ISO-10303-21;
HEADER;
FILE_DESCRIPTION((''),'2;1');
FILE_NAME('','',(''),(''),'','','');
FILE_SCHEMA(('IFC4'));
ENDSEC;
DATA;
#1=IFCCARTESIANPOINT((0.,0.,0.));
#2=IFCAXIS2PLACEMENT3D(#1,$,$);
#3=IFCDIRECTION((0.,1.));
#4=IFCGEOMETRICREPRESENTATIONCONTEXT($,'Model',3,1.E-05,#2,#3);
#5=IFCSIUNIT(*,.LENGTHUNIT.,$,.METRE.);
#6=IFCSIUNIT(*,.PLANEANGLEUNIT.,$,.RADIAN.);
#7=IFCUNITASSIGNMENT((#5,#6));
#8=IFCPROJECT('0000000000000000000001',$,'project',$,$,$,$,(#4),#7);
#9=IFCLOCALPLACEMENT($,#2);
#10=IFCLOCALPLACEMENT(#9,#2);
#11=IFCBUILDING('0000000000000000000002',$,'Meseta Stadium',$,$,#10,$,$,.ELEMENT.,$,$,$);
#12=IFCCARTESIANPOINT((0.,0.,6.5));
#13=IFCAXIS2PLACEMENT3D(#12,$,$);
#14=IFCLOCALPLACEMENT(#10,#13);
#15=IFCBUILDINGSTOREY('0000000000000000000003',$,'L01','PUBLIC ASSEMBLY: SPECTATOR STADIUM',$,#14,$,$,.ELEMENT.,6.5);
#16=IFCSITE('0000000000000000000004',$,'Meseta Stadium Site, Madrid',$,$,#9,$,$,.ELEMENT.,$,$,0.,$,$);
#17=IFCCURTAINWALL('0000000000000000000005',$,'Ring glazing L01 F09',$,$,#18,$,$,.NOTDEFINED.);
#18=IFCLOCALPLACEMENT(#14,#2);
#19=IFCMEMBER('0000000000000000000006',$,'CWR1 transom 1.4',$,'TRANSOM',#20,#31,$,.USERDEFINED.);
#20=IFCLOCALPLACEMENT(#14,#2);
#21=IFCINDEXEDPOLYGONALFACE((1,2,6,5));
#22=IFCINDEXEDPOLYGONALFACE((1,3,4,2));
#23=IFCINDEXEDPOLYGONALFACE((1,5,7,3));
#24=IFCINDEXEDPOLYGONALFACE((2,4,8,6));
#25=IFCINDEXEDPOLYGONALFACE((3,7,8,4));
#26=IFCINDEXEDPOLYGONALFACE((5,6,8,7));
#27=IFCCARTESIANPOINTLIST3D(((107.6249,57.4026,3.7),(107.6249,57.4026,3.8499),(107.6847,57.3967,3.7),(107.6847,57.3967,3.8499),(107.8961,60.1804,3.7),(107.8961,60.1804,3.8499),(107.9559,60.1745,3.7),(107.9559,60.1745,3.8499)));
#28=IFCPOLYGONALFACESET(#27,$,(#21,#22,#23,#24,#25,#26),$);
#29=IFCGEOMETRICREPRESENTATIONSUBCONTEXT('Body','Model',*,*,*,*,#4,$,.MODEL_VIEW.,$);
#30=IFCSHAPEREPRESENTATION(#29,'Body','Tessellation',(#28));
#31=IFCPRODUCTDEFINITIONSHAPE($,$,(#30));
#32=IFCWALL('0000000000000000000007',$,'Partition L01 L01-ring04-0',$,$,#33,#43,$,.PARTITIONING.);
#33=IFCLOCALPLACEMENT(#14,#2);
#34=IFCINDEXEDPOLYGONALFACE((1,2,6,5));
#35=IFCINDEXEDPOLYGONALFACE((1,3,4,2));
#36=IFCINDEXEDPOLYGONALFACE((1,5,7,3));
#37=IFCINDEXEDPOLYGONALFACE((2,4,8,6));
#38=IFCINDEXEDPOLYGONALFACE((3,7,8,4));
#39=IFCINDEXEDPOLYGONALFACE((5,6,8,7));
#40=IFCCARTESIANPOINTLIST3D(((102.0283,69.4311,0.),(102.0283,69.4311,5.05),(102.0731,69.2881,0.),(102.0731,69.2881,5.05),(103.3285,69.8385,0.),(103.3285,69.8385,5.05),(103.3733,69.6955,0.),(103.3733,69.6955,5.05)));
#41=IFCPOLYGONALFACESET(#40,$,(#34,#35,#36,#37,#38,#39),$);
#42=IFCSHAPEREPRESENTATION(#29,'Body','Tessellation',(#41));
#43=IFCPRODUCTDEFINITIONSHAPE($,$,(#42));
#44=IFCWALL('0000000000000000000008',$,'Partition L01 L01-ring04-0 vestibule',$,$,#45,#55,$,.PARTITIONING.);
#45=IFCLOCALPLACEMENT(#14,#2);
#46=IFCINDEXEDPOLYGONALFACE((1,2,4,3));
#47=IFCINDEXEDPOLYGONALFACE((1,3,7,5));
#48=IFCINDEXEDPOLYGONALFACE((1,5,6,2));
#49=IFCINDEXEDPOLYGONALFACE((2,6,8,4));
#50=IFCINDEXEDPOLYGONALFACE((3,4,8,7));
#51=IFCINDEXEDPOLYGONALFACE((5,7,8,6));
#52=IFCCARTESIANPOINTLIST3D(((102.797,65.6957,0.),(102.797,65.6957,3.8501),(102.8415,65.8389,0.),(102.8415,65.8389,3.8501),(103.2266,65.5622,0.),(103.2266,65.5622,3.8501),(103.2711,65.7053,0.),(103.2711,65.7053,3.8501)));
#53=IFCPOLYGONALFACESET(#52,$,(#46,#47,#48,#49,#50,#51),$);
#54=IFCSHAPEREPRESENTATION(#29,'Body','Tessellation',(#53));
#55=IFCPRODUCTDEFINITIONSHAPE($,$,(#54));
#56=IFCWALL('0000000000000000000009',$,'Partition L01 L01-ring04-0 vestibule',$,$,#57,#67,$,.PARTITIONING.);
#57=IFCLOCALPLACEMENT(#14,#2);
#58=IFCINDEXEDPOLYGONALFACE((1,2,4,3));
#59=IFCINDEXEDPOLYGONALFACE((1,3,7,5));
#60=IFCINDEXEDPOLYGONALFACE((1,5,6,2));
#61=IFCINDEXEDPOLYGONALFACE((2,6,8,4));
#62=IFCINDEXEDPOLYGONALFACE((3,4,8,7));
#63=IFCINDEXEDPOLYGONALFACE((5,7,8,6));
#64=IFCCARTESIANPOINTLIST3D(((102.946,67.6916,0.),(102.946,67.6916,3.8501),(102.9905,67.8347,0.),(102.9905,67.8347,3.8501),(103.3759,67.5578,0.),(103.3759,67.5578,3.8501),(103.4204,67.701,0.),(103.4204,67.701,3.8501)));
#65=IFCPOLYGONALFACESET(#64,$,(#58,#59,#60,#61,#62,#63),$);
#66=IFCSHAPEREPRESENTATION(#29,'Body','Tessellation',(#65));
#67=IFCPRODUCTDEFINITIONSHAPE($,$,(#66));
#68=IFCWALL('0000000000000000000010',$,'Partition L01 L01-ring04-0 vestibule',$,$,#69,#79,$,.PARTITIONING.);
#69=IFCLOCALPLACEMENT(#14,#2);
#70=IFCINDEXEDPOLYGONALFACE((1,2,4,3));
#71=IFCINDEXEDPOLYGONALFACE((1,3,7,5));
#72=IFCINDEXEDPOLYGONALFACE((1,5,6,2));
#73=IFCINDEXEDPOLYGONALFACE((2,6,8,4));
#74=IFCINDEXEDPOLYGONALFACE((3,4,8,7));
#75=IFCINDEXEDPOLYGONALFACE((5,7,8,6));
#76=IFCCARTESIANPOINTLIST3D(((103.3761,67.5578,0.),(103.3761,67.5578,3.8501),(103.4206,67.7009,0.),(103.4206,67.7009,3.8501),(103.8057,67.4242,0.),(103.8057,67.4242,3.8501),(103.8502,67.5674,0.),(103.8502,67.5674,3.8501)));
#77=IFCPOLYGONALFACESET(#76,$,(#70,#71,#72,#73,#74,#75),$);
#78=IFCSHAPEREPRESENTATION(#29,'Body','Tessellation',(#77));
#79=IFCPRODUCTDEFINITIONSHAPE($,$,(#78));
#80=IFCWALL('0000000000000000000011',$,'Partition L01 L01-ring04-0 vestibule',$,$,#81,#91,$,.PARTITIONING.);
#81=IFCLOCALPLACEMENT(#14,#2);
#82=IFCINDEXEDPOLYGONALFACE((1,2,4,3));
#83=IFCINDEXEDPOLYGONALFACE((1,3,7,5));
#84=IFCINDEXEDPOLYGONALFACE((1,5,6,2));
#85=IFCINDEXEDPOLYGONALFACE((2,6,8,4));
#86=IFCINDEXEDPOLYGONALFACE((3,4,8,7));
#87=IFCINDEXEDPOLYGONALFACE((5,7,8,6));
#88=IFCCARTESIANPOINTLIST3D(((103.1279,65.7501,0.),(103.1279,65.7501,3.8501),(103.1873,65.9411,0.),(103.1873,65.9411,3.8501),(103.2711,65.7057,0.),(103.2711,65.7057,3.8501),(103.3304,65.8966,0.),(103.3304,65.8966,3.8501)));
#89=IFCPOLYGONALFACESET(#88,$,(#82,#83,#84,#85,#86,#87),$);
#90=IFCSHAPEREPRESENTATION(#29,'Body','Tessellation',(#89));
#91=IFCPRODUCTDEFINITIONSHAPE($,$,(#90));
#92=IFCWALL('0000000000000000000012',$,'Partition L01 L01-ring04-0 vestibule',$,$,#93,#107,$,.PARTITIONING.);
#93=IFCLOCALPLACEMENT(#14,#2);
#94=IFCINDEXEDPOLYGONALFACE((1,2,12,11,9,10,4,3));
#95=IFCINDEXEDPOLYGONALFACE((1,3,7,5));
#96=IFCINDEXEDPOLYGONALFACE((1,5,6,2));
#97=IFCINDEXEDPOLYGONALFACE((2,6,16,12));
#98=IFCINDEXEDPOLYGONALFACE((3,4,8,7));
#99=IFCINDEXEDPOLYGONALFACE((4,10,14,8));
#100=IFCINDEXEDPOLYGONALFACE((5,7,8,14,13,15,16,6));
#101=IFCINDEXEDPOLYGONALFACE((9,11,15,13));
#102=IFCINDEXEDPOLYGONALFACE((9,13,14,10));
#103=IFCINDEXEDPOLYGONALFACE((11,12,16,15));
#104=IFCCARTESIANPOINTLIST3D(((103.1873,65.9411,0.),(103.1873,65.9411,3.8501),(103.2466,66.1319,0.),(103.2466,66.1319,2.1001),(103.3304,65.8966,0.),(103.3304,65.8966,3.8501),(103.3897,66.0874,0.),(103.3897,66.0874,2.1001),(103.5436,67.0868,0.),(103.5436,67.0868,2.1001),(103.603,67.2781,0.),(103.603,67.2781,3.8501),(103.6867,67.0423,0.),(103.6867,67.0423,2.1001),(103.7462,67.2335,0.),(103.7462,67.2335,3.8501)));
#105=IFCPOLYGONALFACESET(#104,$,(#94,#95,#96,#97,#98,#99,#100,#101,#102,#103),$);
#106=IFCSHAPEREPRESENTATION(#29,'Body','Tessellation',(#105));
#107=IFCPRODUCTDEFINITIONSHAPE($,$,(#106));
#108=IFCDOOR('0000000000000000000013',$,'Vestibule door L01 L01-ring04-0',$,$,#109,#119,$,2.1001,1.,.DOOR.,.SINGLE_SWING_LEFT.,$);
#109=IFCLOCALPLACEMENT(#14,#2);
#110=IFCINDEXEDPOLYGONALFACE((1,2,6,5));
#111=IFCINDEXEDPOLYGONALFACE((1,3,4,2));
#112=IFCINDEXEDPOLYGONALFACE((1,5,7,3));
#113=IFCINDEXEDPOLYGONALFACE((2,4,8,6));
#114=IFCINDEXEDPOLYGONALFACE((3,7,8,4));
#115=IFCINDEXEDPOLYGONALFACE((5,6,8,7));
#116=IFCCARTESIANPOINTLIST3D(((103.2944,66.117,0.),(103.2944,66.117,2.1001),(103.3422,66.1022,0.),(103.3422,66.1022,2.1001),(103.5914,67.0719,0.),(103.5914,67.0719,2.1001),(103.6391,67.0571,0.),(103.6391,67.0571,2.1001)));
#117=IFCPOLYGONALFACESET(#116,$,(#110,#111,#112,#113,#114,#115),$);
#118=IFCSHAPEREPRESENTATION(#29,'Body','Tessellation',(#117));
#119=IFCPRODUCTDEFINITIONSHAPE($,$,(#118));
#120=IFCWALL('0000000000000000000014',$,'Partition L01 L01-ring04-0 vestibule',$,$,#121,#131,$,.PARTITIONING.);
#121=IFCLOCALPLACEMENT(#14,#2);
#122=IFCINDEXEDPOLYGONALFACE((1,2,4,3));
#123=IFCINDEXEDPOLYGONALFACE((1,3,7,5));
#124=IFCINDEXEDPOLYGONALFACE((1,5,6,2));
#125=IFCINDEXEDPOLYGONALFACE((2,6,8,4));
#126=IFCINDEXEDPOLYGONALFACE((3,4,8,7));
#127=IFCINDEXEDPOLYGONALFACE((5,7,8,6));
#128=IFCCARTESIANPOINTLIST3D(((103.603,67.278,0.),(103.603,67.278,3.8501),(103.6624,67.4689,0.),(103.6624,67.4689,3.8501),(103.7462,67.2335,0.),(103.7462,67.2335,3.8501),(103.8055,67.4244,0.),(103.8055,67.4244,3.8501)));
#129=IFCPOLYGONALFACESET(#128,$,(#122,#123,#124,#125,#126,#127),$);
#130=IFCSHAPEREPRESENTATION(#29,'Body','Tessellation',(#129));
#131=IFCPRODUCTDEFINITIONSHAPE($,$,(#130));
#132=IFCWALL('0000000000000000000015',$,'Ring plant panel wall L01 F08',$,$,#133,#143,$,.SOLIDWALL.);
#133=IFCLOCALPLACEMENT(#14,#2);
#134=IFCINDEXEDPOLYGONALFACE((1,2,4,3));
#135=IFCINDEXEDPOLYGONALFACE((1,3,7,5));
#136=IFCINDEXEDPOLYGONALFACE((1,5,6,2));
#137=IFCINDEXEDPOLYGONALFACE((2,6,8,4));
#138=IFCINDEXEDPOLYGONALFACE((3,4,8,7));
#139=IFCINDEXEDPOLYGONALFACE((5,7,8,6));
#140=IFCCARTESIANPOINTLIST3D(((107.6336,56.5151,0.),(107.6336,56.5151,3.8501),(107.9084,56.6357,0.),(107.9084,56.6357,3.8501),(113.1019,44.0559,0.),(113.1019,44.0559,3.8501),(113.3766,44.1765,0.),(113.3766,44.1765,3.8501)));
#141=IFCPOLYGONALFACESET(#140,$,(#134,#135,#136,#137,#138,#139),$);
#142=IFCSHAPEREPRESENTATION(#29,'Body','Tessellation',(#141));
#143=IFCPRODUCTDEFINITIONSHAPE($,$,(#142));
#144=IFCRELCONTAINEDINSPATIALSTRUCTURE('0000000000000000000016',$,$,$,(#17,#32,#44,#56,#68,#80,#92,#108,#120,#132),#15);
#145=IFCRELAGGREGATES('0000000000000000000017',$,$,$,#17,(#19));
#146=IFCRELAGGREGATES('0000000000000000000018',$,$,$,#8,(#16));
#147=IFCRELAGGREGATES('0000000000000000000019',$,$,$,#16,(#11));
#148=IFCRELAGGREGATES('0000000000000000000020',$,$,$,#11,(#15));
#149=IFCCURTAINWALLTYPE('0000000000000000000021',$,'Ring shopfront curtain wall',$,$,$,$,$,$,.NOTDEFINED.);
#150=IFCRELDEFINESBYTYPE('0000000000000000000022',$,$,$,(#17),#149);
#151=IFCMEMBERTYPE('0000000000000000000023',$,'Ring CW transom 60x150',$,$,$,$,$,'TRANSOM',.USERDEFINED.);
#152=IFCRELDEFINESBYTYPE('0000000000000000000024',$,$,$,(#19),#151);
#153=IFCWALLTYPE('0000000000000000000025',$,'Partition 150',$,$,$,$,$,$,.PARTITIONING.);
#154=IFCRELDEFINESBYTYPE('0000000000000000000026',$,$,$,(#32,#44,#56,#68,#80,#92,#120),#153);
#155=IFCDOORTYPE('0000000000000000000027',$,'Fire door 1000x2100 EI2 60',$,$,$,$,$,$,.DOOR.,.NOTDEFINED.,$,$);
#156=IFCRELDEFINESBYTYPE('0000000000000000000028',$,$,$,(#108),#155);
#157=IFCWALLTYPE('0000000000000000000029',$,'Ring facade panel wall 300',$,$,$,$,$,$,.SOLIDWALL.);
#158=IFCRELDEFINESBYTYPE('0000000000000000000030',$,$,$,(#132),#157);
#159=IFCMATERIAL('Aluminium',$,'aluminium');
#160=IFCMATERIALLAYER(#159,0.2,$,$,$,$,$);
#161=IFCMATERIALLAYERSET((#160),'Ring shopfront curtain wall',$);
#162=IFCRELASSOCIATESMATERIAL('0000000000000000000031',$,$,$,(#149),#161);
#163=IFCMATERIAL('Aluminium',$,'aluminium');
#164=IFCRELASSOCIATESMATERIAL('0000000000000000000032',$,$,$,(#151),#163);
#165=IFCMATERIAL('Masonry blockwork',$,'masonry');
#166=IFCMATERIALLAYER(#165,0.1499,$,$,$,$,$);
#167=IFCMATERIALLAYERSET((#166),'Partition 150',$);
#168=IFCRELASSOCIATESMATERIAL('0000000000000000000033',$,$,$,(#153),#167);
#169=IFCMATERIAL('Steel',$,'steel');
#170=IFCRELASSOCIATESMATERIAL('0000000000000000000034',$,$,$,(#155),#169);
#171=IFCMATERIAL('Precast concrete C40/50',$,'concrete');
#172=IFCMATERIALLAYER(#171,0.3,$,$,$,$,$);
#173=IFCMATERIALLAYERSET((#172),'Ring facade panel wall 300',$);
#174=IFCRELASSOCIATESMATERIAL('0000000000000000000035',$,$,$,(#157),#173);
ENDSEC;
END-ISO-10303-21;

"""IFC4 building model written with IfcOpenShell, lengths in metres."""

from ifc_helpers import new_model, si_unit, direction, frame, frame_2d, origin, origin_2d, place, context, subcontext, project, spatial, rectangle, extrude, material, layer, layer_set, material_profile, profile_set, type_object, element, fill, aggregate, save


model = new_model("IFC4")

# Units and contexts
model_context = context("Model", 3, precision=1e-05, world=origin(), true_north=direction((0.0, 1.0)))
body_context = subcontext(model_context, "Body", "Model", "MODEL_VIEW")
ifc_project = project(units=[si_unit("LENGTHUNIT", "METRE"), si_unit("PLANEANGLEUNIT", "RADIAN")], contexts=[model_context])

# Site, building, storey
site_placement = place(None, origin())
site = spatial("IfcSite", under=ifc_project, at=site_placement, Name="Meseta Stadium Site, Madrid", CompositionType="ELEMENT", RefElevation=0.0)
building_placement = place(site_placement, origin())
building = spatial("IfcBuilding", under=site, at=building_placement, Name="Meseta Stadium", CompositionType="ELEMENT")
storey_placement = place(building_placement, frame((0.0, 0.0, 6.5)))
storey = spatial("IfcBuildingStorey", under=building, at=storey_placement, Name="L01", Description="PUBLIC ASSEMBLY: SPECTATOR STADIUM", CompositionType="ELEMENT", Elevation=6.5)

# Curtain wall, member
ifc_material_1 = material(Name="Aluminium", Category="aluminium")
ifc_layer_1 = layer(ifc_material_1, 0.2)
ifc_layer_set_1 = layer_set([ifc_layer_1], Name="Ring shopfront curtain wall")
curtain_wall_type = type_object("IfcCurtainWallType", Name="Ring shopfront curtain wall", PredefinedType="NOTDEFINED", material=ifc_layer_set_1)
curtain_wall_placement = place(storey_placement, origin())
curtain_wall = element("IfcCurtainWall", 1, at=curtain_wall_placement, inside=storey, type_object=curtain_wall_type, Name="Ring glazing L01 F09", PredefinedType="NOTDEFINED")
ifc_material_2 = material(Name="Aluminium", Category="aluminium")
ifc_material_profile_1 = material_profile(ifc_material_2, rectangle(XDim=0.0601, YDim=0.1499, at=origin_2d()), Name="CW 60x150")
ifc_profile_set_1 = profile_set([ifc_material_profile_1], Name="Aluminium")
member_type_1 = type_object("IfcMemberType", Name="Ring CW transom 60x150", ElementType="TRANSOM", PredefinedType="USERDEFINED", material=ifc_profile_set_1)
member_1_placement = place(storey_placement, frame((107.6548, 57.3997, 3.7749), z_axis=(0.097182, 0.995267, 0.0), x_axis=(-0.995267, 0.097182, 0.0)))
member_1 = element("IfcMember", 2, at=member_1_placement, type_object=member_type_1, Name="CWR1 transom 1.4", ObjectType="TRANSOM", PredefinedType="USERDEFINED", context=body_context, shape_type="SweptSolid", body=[
    extrude(rectangle(XDim=0.0601, YDim=0.1499, at=origin_2d()), origin(), (0.0, 0.0, 1.0), 2.791),
])
aggregate(curtain_wall, [member_1])

# Walls
ifc_material_3 = material(Name="Masonry blockwork", Category="masonry")
ifc_layer_2 = layer(ifc_material_3, 0.1499)
ifc_layer_set_2 = layer_set([ifc_layer_2], Name="Partition 150")
wall_type_1 = type_object("IfcWallType", Name="Partition 150", PredefinedType="PARTITIONING", material=ifc_layer_set_2)
wall_1_placement = place(storey_placement, frame((102.0508, 69.3596, 0.0), z_axis=(0.0, 0.0, 1.0), x_axis=(0.954244, 0.29903, 0.0)))
element("IfcWall", 3, at=wall_1_placement, inside=storey, type_object=wall_type_1, Name="Partition L01 L01-ring04-0", PredefinedType="PARTITIONING", context=body_context, shape_type="SweptSolid", body=[
    extrude(rectangle(XDim=1.3625, YDim=0.1499, at=frame_2d((0.6812, 0.0))), origin(), (0.0, 0.0, 1.0), 5.05),
])
wall_2_placement = place(storey_placement, frame((102.8191, 65.7673, 0.0), z_axis=(0.0, 0.0, 1.0), x_axis=(0.954942, -0.296792, 0.0)))
element("IfcWall", 4, at=wall_2_placement, inside=storey, type_object=wall_type_1, Name="Partition L01 L01-ring04-0 vestibule", PredefinedType="PARTITIONING", context=body_context, shape_type="SweptSolid", body=[
    extrude(rectangle(XDim=0.45, YDim=0.1499, at=frame_2d((0.2251, 0.0))), origin(), (0.0, 0.0, 1.0), 3.8501),
])
wall_3_placement = place(storey_placement, frame((102.9683, 67.7632, 0.0), z_axis=(0.0, 0.0, 1.0), x_axis=(0.954836, -0.297132, 0.0)))
element("IfcWall", 5, at=wall_3_placement, inside=storey, type_object=wall_type_1, Name="Partition L01 L01-ring04-0 vestibule", PredefinedType="PARTITIONING", context=body_context, shape_type="SweptSolid", body=[
    extrude(rectangle(XDim=0.4502, YDim=0.1499, at=frame_2d((0.2251, 0.0))), origin(), (0.0, 0.0, 1.0), 3.8501),
])
wall_4_placement = place(storey_placement, frame((103.3982, 67.6294, 0.0), z_axis=(0.0, 0.0, 1.0), x_axis=(0.954942, -0.296792, 0.0)))
element("IfcWall", 6, at=wall_4_placement, inside=storey, type_object=wall_type_1, Name="Partition L01 L01-ring04-0 vestibule", PredefinedType="PARTITIONING", context=body_context, shape_type="SweptSolid", body=[
    extrude(rectangle(XDim=0.45, YDim=0.1499, at=frame_2d((0.2251, 0.0))), origin(), (0.0, 0.0, 1.0), 3.8501),
])
wall_5_placement = place(storey_placement, frame((103.1995, 65.7278, 0.0), z_axis=(0.0, 0.0, 1.0), x_axis=(0.296745, 0.954957, 0.0)))
element("IfcWall", 7, at=wall_5_placement, inside=storey, type_object=wall_type_1, Name="Partition L01 L01-ring04-0 vestibule", PredefinedType="PARTITIONING", context=body_context, shape_type="SweptSolid", body=[
    extrude(rectangle(XDim=0.2, YDim=0.1499, at=frame_2d((0.1001, 0.0))), origin(), (0.0, 0.0, 1.0), 3.8501),
])

# Wall, opening, door
wall_6_placement = place(storey_placement, frame((103.2588, 65.9187, 0.0), z_axis=(0.0, 0.0, 1.0), x_axis=(0.296964, 0.954889, 0.0)))
wall_6 = element("IfcWall", 8, at=wall_6_placement, inside=storey, type_object=wall_type_1, Name="Partition L01 L01-ring04-0 vestibule", PredefinedType="PARTITIONING", context=body_context, shape_type="SweptSolid", body=[
    extrude(rectangle(XDim=1.4001, YDim=0.1499, at=frame_2d((0.7002, 0.0))), origin(), (0.0, 0.0, 1.0), 3.8501),
])
opening_placement = place(wall_6_placement, frame((0.2, 0.0, 0.0)))
opening = element("IfcOpeningElement", 9, at=opening_placement, cuts=wall_6, PredefinedType="OPENING", context=body_context, shape_type="SweptSolid", body=[
    extrude(rectangle(XDim=1.0, YDim=2.1001, at=frame_2d((0.5, 1.05))), frame((0.0, 0.085, 0.0), z_axis=(0.0, -1.0, 0.0), x_axis=(1.0, 0.0, 0.0)), (0.0, 0.0, 1.0), 0.1699),
])
ifc_material_4 = material(Name="Steel", Category="steel")
door_type = type_object("IfcDoorType", Name="Fire door 1000x2100 EI2 60", OperationType="NOTDEFINED", PredefinedType="DOOR", material=ifc_material_4)
door_placement = place(opening_placement, origin())
door = element("IfcDoor", 10, at=door_placement, inside=storey, type_object=door_type, Name="Vestibule door L01 L01-ring04-0", OperationType="SINGLE_SWING_LEFT", OverallHeight=2.1001, OverallWidth=1.0, PredefinedType="DOOR", context=body_context, shape_type="SweptSolid", body=[
    extrude(rectangle(XDim=1.0, YDim=2.1001, at=frame_2d((0.5, 1.05))), frame((0.0, 0.0249, 0.0), z_axis=(0.0, -1.0, 0.0), x_axis=(1.0, 0.0, 0.0)), (0.0, 0.0, 1.0), 0.05),
])
fill(opening, door)

# Walls
wall_7_placement = place(storey_placement, frame((103.6746, 67.2556, 0.0), z_axis=(0.0, 0.0, 1.0), x_axis=(0.296745, 0.954957, 0.0)))
element("IfcWall", 11, at=wall_7_placement, inside=storey, type_object=wall_type_1, Name="Partition L01 L01-ring04-0 vestibule", PredefinedType="PARTITIONING", context=body_context, shape_type="SweptSolid", body=[
    extrude(rectangle(XDim=0.2, YDim=0.1499, at=frame_2d((0.1001, 0.0))), origin(), (0.0, 0.0, 1.0), 3.8501),
])
ifc_material_5 = material(Name="Precast concrete C40/50", Category="concrete")
ifc_layer_3 = layer(ifc_material_5, 0.3)
ifc_layer_set_3 = layer_set([ifc_layer_3], Name="Ring facade panel wall 300")
wall_type_2 = type_object("IfcWallType", Name="Ring facade panel wall 300", PredefinedType="SOLIDWALL", material=ifc_layer_set_3)
wall_8_placement = place(storey_placement, frame((107.771, 56.5754, 0.0), z_axis=(0.0, 0.0, 1.0), x_axis=(0.401889, -0.915688, 0.0)))
element("IfcWall", 12, at=wall_8_placement, inside=storey, type_object=wall_type_2, Name="Ring plant panel wall L01 F08", PredefinedType="SOLIDWALL", context=body_context, shape_type="SweptSolid", body=[
    extrude(rectangle(XDim=13.6064, YDim=0.3, at=frame_2d((6.8032, 0.0))), origin(), (0.0, 0.0, 1.0), 3.8501),
])

save(model, "model.ifc")
